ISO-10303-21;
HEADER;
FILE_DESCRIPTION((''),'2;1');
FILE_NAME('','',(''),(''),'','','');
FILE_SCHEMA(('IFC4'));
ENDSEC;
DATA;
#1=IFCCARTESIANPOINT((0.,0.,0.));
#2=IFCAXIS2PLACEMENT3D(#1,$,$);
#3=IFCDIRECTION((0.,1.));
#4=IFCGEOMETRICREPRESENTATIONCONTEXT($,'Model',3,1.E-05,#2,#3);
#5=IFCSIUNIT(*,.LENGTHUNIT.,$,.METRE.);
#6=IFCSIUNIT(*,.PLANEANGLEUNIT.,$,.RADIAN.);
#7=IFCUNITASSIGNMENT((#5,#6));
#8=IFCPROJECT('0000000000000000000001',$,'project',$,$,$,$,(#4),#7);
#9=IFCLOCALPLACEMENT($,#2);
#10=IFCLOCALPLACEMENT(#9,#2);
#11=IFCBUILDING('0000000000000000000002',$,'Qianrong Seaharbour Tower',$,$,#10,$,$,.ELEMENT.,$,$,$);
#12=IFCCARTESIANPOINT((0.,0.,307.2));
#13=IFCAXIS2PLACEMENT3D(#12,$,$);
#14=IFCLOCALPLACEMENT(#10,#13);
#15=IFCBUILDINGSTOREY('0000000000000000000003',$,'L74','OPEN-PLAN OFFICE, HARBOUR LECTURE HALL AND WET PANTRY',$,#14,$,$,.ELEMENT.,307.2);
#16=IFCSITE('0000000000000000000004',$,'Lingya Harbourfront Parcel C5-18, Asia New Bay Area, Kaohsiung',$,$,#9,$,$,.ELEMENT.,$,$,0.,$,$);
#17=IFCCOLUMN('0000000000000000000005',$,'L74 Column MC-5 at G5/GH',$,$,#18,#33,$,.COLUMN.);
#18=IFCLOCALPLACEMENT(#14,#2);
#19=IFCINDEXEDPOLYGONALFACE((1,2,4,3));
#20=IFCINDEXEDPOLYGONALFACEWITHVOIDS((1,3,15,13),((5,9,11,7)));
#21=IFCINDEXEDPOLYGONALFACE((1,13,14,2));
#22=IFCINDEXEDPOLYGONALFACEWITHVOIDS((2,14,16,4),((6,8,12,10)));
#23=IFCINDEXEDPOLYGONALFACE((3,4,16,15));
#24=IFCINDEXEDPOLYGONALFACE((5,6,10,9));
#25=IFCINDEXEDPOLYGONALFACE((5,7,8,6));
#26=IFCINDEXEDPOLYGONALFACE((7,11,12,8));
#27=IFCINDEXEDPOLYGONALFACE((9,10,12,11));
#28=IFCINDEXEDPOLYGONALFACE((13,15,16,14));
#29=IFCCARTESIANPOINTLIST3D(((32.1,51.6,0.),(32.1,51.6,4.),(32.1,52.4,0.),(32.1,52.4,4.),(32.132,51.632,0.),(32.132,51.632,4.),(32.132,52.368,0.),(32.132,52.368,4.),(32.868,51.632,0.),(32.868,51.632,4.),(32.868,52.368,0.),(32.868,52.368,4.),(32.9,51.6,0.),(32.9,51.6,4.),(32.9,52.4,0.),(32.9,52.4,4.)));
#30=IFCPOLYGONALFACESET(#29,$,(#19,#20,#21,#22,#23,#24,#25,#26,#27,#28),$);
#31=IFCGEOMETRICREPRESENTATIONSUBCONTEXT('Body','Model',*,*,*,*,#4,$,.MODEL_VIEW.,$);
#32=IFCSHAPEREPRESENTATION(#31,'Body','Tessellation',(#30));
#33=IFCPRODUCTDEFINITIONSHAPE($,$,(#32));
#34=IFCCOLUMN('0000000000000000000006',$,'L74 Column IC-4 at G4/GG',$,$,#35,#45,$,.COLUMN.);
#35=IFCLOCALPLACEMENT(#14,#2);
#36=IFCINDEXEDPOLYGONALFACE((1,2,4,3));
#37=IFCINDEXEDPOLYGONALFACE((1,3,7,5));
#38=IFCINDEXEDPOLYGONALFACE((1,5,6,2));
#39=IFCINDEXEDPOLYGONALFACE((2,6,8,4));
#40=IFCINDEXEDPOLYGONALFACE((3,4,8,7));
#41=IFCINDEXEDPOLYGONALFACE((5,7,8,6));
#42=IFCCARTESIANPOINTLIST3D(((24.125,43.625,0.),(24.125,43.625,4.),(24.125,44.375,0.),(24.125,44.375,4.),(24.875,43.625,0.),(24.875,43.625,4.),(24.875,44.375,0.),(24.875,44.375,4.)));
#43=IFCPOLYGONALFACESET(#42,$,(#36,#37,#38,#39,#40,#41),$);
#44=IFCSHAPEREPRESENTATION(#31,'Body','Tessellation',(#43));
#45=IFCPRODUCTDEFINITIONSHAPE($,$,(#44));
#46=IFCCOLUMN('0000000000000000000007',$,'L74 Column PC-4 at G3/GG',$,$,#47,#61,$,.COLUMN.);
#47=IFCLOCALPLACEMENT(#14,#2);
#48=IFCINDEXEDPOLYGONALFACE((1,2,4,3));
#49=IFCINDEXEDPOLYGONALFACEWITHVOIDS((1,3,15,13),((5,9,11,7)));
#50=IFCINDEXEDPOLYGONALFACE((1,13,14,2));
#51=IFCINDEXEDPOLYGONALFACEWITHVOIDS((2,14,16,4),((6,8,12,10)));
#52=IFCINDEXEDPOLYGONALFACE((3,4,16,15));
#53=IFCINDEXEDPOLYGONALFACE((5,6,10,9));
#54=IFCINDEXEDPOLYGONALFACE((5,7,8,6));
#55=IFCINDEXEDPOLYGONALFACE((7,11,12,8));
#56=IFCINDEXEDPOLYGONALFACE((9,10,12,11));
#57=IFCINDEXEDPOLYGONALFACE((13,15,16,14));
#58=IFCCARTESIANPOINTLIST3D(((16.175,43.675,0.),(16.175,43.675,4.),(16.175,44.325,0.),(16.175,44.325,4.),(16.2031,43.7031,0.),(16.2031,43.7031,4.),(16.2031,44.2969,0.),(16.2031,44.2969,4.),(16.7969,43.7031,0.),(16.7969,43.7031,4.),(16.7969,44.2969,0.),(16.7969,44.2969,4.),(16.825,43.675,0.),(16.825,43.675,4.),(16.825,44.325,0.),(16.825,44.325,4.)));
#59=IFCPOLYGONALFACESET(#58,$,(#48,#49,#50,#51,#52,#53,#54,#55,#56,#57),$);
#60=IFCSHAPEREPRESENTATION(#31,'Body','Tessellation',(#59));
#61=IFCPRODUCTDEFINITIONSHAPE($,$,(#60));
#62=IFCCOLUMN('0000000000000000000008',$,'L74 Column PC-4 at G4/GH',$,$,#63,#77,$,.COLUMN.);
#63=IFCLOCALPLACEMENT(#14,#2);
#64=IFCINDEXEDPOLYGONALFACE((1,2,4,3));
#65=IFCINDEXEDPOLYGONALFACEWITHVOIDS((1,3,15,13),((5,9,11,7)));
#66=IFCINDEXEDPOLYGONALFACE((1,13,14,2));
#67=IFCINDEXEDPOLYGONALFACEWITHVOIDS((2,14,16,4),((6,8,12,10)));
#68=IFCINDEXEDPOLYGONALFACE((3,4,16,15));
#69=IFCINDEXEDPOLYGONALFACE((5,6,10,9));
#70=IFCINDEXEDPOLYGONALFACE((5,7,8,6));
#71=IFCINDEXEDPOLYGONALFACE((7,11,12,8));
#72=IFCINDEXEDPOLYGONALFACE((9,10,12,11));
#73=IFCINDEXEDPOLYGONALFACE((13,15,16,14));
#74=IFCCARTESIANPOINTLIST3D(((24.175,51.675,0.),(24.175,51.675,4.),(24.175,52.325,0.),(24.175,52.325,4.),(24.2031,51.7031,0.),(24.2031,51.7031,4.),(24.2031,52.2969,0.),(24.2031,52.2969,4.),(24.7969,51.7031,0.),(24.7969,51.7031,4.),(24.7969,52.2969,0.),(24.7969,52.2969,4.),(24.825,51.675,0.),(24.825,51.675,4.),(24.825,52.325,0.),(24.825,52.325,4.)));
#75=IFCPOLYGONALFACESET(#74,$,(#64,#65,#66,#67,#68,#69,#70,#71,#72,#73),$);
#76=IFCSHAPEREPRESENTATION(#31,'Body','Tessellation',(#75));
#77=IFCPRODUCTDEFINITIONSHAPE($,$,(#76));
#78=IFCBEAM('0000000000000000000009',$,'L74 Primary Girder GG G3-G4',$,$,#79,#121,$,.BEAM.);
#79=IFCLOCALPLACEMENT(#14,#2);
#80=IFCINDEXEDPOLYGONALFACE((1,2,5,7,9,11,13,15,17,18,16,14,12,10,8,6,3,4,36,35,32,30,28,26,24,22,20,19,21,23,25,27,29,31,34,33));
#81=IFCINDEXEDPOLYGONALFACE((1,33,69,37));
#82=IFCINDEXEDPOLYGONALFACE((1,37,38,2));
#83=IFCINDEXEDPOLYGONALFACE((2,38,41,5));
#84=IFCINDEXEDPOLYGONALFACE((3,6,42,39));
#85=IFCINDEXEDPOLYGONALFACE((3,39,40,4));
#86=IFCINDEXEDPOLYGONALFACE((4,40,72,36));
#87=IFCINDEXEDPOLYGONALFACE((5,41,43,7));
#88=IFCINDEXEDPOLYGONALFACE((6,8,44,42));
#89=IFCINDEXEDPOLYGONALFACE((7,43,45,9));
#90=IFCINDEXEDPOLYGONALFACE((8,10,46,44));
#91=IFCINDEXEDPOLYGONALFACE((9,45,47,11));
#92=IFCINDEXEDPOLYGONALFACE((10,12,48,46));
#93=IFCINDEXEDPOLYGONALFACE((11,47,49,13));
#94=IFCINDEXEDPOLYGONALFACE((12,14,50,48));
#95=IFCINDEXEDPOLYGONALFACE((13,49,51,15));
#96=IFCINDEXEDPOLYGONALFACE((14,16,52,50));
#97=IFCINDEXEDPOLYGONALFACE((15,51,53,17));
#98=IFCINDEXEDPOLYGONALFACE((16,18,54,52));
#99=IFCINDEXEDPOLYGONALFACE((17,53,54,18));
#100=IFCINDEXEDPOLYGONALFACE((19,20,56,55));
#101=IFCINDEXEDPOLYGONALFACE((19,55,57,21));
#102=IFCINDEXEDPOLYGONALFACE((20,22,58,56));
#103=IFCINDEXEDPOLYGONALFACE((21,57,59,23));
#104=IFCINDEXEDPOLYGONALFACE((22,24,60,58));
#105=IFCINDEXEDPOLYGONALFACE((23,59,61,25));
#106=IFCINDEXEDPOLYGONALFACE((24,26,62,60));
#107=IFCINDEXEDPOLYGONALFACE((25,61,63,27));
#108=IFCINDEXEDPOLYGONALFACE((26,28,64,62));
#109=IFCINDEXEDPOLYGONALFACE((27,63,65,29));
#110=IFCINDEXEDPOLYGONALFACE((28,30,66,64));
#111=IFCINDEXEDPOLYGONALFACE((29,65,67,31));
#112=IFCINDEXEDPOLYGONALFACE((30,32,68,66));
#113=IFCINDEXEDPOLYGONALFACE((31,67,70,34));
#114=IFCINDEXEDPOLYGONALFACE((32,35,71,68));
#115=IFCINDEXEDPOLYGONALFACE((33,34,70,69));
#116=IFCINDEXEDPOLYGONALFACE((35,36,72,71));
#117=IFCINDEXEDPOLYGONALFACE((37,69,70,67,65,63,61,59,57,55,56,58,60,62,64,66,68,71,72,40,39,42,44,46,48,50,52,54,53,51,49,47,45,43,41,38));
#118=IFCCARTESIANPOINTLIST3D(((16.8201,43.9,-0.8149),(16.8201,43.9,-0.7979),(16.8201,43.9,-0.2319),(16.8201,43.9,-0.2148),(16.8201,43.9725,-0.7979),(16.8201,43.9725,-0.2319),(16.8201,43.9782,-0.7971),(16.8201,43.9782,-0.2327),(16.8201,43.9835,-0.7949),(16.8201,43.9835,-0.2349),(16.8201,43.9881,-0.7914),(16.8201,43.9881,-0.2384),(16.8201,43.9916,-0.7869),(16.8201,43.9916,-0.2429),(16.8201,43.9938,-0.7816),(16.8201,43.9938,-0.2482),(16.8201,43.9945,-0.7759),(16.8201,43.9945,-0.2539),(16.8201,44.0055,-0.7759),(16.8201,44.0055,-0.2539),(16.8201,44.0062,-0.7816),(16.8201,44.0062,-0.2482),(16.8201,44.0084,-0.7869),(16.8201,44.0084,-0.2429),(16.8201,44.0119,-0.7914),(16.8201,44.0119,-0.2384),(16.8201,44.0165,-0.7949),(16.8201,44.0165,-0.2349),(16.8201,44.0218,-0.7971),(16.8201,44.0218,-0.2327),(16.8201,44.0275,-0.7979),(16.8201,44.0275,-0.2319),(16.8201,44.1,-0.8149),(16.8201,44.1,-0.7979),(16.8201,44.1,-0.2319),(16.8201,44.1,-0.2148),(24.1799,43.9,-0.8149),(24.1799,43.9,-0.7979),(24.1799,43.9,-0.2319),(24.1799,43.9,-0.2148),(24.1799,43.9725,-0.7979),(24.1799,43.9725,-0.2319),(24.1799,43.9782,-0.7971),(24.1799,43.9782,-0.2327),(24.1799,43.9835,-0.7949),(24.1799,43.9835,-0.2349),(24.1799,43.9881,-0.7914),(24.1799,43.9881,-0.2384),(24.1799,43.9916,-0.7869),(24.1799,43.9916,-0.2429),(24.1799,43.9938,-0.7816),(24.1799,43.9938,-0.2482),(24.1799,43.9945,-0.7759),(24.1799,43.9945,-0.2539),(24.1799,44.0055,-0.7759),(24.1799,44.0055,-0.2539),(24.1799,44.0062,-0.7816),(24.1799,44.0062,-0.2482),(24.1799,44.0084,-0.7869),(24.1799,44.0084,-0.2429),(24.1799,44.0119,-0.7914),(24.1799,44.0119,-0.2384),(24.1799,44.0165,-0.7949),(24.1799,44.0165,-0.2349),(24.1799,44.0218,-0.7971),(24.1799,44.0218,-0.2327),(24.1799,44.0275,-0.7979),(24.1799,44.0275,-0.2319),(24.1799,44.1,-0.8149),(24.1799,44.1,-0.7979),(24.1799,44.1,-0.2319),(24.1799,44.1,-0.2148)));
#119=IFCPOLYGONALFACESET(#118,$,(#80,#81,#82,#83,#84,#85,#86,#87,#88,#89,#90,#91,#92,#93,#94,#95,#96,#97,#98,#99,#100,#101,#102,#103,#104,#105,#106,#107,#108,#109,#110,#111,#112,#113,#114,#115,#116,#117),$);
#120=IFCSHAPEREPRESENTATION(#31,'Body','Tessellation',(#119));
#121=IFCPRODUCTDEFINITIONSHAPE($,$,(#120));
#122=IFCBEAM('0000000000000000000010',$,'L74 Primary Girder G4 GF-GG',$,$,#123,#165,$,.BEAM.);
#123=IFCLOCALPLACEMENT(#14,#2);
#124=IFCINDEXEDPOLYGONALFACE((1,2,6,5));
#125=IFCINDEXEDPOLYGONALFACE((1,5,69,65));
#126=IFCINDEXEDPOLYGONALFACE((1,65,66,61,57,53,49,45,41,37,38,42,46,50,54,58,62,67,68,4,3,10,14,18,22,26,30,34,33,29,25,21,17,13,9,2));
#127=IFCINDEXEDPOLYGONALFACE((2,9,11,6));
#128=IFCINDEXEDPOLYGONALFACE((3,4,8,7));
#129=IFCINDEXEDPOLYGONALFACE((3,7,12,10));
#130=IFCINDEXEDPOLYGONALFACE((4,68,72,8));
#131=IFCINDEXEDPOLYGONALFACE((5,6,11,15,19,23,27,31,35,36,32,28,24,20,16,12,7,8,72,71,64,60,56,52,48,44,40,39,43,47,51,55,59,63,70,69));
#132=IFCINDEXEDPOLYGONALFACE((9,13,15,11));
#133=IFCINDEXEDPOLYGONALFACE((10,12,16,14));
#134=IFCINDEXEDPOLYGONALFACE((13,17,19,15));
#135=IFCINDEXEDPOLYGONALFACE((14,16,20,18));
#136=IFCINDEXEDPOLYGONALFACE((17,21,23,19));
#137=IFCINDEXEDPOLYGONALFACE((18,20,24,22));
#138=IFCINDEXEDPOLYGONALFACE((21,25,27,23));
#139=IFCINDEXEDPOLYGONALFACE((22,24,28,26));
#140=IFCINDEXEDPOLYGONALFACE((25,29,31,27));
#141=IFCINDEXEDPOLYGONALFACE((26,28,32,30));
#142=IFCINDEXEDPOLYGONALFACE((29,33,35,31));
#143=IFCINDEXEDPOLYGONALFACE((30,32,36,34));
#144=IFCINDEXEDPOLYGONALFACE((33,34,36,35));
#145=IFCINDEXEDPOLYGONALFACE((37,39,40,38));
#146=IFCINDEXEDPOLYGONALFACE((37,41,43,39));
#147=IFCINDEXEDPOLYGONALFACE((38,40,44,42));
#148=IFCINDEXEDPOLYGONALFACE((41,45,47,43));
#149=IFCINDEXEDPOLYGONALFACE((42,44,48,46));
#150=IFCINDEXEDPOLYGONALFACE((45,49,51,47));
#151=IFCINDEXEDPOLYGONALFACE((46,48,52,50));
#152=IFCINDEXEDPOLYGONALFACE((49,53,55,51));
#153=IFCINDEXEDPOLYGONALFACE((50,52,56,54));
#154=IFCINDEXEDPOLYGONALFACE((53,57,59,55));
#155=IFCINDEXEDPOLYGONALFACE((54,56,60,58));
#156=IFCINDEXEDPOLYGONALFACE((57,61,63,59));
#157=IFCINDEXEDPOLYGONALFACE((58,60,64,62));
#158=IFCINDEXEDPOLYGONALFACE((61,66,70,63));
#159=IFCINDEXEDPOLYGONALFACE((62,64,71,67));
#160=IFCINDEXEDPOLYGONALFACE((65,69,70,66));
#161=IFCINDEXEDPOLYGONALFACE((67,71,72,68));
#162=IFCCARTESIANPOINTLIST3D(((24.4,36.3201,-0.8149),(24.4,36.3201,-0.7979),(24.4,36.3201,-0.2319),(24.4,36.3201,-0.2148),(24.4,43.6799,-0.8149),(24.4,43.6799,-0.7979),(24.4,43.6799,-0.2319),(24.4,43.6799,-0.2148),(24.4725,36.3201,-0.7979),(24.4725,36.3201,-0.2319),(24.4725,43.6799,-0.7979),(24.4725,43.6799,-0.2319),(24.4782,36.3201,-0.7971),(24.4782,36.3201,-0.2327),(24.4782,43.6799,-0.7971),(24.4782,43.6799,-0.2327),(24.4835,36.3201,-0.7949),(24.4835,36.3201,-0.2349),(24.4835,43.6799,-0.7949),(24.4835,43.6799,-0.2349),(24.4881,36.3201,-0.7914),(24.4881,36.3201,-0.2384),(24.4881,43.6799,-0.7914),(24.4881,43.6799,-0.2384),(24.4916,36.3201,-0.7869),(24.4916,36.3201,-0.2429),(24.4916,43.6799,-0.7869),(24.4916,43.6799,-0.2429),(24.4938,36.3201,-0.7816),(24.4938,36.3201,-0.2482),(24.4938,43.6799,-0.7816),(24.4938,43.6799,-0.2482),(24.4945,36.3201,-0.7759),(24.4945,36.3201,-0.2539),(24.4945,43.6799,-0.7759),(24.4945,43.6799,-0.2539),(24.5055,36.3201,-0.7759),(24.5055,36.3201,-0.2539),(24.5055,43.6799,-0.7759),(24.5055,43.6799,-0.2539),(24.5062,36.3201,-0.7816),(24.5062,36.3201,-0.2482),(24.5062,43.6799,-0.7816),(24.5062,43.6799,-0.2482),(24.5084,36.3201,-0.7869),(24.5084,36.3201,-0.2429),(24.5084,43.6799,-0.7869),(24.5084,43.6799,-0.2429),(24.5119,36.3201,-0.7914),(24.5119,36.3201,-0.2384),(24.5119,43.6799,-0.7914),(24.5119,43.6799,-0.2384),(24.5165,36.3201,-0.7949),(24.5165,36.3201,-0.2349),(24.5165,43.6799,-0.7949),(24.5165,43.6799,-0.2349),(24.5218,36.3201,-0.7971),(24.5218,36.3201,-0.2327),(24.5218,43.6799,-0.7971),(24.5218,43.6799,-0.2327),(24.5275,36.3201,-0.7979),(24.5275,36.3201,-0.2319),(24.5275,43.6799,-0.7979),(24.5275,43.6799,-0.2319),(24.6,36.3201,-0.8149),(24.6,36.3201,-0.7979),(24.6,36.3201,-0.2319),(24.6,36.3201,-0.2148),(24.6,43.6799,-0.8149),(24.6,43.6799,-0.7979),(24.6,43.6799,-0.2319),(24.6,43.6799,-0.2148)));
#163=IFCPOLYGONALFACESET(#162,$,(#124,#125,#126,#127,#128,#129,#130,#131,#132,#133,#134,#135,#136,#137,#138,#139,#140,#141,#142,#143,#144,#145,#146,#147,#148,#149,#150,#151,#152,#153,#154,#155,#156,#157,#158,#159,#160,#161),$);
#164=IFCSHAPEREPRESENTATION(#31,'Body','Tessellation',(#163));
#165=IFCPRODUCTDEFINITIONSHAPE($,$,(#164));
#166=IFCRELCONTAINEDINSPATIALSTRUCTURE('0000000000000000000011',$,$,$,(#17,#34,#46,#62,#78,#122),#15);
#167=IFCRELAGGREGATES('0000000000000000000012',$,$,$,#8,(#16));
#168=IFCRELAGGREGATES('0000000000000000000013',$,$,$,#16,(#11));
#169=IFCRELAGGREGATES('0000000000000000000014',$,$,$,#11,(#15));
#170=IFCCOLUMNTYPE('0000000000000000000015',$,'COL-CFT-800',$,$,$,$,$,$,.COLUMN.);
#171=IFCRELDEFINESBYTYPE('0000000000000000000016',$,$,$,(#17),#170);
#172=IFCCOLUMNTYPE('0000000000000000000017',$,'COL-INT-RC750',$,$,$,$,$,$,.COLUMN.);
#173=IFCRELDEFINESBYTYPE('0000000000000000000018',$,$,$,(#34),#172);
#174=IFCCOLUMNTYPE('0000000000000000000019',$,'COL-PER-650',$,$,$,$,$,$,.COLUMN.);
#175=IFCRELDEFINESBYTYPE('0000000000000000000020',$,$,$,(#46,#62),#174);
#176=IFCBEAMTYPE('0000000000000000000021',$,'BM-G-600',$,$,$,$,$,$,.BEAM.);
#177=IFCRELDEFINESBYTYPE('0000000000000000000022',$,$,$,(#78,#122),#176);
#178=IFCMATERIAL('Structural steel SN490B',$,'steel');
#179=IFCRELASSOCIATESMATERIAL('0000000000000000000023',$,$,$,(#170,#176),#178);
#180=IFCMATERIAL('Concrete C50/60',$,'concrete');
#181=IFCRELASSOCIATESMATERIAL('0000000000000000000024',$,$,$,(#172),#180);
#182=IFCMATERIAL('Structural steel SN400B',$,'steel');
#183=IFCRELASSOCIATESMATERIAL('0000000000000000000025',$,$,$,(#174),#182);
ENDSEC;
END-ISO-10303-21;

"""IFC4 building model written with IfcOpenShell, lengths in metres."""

from ifc_helpers import new_model, si_unit, direction, frame, origin, origin_2d, place, context, subcontext, project, spatial, rectangle, hollow_rectangle, i_section, extrude, material, material_profile, profile_set, type_object, element, save


model = new_model("IFC4")

# Units and contexts
model_context = context("Model", 3, precision=1e-05, world=origin(), true_north=direction((0.0, 1.0)))
body_context = subcontext(model_context, "Body", "Model", "MODEL_VIEW")
ifc_project = project(units=[si_unit("LENGTHUNIT", "METRE"), si_unit("PLANEANGLEUNIT", "RADIAN")], contexts=[model_context])

# Site, building, storey
site_placement = place(None, origin())
site = spatial("IfcSite", under=ifc_project, at=site_placement, Name="Lingya Harbourfront Parcel C5-18, Asia New Bay Area, Kaohsiung", CompositionType="ELEMENT", RefElevation=0.0)
building_placement = place(site_placement, origin())
building = spatial("IfcBuilding", under=site, at=building_placement, Name="Qianrong Seaharbour Tower", CompositionType="ELEMENT")
storey_placement = place(building_placement, frame((0.0, 0.0, 307.2)))
storey = spatial("IfcBuildingStorey", under=building, at=storey_placement, Name="L74", Description="OPEN-PLAN OFFICE, HARBOUR LECTURE HALL AND WET PANTRY", CompositionType="ELEMENT", Elevation=307.2)

# Columns
ifc_material_1 = material(Name="Structural steel SN490B", Category="steel")
ifc_material_profile_1 = material_profile(ifc_material_1, hollow_rectangle(XDim=0.8, YDim=0.8, WallThickness=0.032, at=origin_2d()), Name="BOX800x800x32")
ifc_profile_set_1 = profile_set([ifc_material_profile_1], Name="Structural steel SN490B")
column_type_1 = type_object("IfcColumnType", Name="COL-CFT-800", PredefinedType="COLUMN", material=ifc_profile_set_1)
column_1_placement = place(storey_placement, frame((32.5, 52.0, 0.0), z_axis=(0.0, 0.0, 1.0), x_axis=(1.0, 0.0, 0.0)))
element("IfcColumn", 1, at=column_1_placement, inside=storey, type_object=column_type_1, Name="L74 Column MC-5 at G5/GH", PredefinedType="COLUMN", context=body_context, shape_type="SweptSolid", body=[
    extrude(hollow_rectangle(XDim=0.8, YDim=0.8, WallThickness=0.032, at=origin_2d()), origin(), (0.0, 0.0, 1.0), 4.0),
])
ifc_material_2 = material(Name="Concrete C50/60", Category="concrete")
ifc_material_profile_2 = material_profile(ifc_material_2, rectangle(XDim=0.75, YDim=0.75, at=origin_2d()), Name="RC750x750")
ifc_profile_set_2 = profile_set([ifc_material_profile_2], Name="Concrete C50/60")
column_type_2 = type_object("IfcColumnType", Name="COL-INT-RC750", PredefinedType="COLUMN", material=ifc_profile_set_2)
column_2_placement = place(storey_placement, frame((24.5, 44.0, 0.0), z_axis=(0.0, 0.0, 1.0), x_axis=(1.0, 0.0, 0.0)))
element("IfcColumn", 2, at=column_2_placement, inside=storey, type_object=column_type_2, Name="L74 Column IC-4 at G4/GG", PredefinedType="COLUMN", context=body_context, shape_type="SweptSolid", body=[
    extrude(rectangle(XDim=0.75, YDim=0.75, at=origin_2d()), origin(), (0.0, 0.0, 1.0), 4.0),
])
ifc_material_3 = material(Name="Structural steel SN400B", Category="steel")
ifc_material_profile_3 = material_profile(ifc_material_3, hollow_rectangle(XDim=0.6499, YDim=0.6499, WallThickness=0.0281, at=origin_2d()), Name="BOX650x650x28")
ifc_profile_set_3 = profile_set([ifc_material_profile_3], Name="Structural steel SN400B")
column_type_3 = type_object("IfcColumnType", Name="COL-PER-650", PredefinedType="COLUMN", material=ifc_profile_set_3)
for number, where, z_axis, x_axis, name in (
    (3, (16.5, 44.0, 0.0), (0.0, 0.0, 1.0), (1.0, 0.0, 0.0), "L74 Column PC-4 at G3/GG"),
    (4, (24.5, 52.0, 0.0), (0.0, 0.0, 1.0), (1.0, 0.0, 0.0), "L74 Column PC-4 at G4/GH"),
):
    element("IfcColumn", number, at=place(storey_placement, frame(where, z_axis=z_axis, x_axis=x_axis)), inside=storey, type_object=column_type_3, Name=name, PredefinedType="COLUMN", context=body_context, shape_type="SweptSolid", body=[
        extrude(hollow_rectangle(XDim=0.6499, YDim=0.6499, WallThickness=0.0281, at=origin_2d()), origin(), (0.0, 0.0, 1.0), 4.0),
    ])

# Beams
ifc_material_profile_4 = material_profile(ifc_material_1, i_section(OverallWidth=0.2, OverallDepth=0.6001, WebThickness=0.011, FlangeThickness=0.0171, FilletRadius=0.022, at=origin_2d()), Name="H600x200x11x17")
ifc_profile_set_4 = profile_set([ifc_material_profile_4], Name="Structural steel SN490B")
beam_type_1 = type_object("IfcBeamType", Name="BM-G-600", PredefinedType="BEAM", material=ifc_profile_set_4)
for number, where, z_axis, x_axis, name in (
    (5, (16.8201, 44.0, -0.5149), (1.0, 0.0, 0.0), (0.0, 1.0, 0.0), "L74 Primary Girder GG G3-G4"),
    (6, (24.5, 36.3201, -0.5149), (0.0, 1.0, 0.0), (-1.0, 0.0, 0.0), "L74 Primary Girder G4 GF-GG"),
):
    element("IfcBeam", number, at=place(storey_placement, frame(where, z_axis=z_axis, x_axis=x_axis)), inside=storey, type_object=beam_type_1, Name=name, PredefinedType="BEAM", context=body_context, shape_type="SweptSolid", body=[
        extrude(i_section(OverallWidth=0.2, OverallDepth=0.6001, WebThickness=0.011, FlangeThickness=0.0171, FilletRadius=0.022, at=origin_2d()), origin(), (0.0, 0.0, 1.0), 7.3599),
    ])

save(model, "model.ifc")
